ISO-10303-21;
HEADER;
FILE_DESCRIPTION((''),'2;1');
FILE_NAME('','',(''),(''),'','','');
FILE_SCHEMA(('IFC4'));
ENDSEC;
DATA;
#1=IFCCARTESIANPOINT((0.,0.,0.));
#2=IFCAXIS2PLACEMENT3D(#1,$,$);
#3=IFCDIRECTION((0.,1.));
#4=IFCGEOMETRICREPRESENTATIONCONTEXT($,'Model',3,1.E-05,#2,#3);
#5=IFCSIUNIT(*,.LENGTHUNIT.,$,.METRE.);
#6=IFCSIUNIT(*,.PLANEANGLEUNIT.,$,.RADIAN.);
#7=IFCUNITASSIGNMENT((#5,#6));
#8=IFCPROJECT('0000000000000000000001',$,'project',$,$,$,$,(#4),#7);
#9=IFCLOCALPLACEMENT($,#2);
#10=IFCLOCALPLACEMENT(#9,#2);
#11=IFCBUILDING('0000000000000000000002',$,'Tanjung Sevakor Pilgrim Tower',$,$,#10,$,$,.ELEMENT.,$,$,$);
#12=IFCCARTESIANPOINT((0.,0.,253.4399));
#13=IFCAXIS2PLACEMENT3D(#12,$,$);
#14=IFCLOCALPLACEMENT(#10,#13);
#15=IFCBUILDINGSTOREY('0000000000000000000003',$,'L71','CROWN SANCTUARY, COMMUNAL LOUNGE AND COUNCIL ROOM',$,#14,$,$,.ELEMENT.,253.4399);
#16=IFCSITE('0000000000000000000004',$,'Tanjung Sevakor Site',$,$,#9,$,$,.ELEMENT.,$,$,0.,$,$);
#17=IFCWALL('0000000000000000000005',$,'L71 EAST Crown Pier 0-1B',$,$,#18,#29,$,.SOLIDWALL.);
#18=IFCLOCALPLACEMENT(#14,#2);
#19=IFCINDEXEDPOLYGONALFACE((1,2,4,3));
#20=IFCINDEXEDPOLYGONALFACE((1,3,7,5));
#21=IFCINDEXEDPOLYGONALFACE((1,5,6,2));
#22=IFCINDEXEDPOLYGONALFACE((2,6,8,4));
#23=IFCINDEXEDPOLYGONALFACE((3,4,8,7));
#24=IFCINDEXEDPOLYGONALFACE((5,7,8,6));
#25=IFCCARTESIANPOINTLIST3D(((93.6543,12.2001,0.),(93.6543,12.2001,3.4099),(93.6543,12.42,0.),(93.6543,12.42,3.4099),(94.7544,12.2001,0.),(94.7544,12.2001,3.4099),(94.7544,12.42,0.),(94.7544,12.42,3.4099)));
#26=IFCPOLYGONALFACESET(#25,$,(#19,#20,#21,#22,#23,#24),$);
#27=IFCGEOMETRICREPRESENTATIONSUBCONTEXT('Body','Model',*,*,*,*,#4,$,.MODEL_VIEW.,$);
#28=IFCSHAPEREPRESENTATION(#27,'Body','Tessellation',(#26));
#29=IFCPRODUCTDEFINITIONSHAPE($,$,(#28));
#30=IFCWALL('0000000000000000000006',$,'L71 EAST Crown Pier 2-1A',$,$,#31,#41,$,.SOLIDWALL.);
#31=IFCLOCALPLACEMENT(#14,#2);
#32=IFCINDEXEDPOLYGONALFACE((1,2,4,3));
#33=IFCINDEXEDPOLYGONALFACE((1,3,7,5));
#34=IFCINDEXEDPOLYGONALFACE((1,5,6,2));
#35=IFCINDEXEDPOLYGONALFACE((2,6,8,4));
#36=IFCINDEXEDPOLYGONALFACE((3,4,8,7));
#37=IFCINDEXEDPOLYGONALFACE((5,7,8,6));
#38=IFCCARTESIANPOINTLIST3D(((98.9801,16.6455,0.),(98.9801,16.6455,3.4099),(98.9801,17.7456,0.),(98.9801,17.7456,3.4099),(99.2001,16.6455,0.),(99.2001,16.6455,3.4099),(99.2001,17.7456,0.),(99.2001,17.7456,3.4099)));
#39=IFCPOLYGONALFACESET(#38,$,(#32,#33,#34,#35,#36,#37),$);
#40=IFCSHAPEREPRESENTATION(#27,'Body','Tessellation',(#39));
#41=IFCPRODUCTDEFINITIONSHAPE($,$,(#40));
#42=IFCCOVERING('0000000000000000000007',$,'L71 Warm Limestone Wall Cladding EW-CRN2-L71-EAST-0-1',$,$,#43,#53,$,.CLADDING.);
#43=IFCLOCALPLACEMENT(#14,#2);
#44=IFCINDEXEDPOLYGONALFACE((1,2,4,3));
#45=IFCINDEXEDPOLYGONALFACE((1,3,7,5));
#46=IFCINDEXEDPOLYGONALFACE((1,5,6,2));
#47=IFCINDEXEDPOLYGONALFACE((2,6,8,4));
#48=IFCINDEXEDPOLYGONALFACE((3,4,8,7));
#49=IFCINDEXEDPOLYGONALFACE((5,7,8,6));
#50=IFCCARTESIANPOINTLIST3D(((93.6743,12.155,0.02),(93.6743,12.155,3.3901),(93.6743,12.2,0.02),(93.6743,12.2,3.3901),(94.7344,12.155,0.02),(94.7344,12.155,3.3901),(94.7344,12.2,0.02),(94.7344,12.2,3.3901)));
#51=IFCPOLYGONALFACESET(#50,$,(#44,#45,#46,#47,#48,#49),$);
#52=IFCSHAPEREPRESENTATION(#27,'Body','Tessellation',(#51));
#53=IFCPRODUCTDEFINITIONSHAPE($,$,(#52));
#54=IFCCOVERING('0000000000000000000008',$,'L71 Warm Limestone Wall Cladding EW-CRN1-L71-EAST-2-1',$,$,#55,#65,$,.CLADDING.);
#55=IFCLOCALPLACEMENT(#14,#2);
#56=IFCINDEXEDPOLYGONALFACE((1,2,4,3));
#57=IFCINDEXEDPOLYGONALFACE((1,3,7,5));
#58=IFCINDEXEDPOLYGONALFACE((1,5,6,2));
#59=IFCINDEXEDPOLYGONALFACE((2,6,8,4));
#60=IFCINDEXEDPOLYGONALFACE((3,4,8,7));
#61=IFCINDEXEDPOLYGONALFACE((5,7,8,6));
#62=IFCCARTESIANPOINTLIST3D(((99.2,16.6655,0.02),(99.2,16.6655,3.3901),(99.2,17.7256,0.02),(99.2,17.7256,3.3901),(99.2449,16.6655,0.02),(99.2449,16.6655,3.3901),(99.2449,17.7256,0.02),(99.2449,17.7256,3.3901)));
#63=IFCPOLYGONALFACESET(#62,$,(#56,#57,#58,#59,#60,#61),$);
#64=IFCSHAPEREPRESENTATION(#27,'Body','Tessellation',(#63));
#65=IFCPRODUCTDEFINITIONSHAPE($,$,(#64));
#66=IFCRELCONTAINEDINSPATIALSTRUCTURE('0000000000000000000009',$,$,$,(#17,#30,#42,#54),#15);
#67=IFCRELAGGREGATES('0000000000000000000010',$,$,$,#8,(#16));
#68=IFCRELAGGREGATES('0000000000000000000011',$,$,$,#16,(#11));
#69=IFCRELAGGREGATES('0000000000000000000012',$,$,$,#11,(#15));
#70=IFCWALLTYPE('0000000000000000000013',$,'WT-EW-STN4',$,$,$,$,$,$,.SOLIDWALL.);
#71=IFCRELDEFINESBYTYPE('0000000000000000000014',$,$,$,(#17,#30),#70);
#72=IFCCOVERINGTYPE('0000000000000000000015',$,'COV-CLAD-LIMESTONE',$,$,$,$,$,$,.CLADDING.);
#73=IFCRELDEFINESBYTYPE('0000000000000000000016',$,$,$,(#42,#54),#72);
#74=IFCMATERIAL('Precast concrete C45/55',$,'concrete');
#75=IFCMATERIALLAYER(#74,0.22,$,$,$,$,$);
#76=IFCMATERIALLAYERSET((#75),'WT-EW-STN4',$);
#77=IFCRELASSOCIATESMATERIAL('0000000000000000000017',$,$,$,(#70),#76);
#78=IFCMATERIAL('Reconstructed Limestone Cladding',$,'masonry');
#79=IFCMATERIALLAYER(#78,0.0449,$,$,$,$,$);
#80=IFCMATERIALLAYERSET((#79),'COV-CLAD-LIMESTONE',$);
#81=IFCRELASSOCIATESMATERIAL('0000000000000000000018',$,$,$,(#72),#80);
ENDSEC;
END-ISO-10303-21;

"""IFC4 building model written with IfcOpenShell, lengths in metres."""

from ifc_helpers import new_model, si_unit, direction, frame, frame_2d, origin, origin_2d, place, context, subcontext, project, spatial, rectangle, extrude, material, layer, layer_set, type_object, element, save


model = new_model("IFC4")

# Units and contexts
model_context = context("Model", 3, precision=1e-05, world=origin(), true_north=direction((0.0, 1.0)))
body_context = subcontext(model_context, "Body", "Model", "MODEL_VIEW")
ifc_project = project(units=[si_unit("LENGTHUNIT", "METRE"), si_unit("PLANEANGLEUNIT", "RADIAN")], contexts=[model_context])

# Site, building, storey
site_placement = place(None, origin())
site = spatial("IfcSite", under=ifc_project, at=site_placement, Name="Tanjung Sevakor Site", CompositionType="ELEMENT", RefElevation=0.0)
building_placement = place(site_placement, origin())
building = spatial("IfcBuilding", under=site, at=building_placement, Name="Tanjung Sevakor Pilgrim Tower", CompositionType="ELEMENT")
storey_placement = place(building_placement, frame((0.0, 0.0, 253.4399)))
storey = spatial("IfcBuildingStorey", under=building, at=storey_placement, Name="L71", Description="CROWN SANCTUARY, COMMUNAL LOUNGE AND COUNCIL ROOM", CompositionType="ELEMENT", Elevation=253.4399)

# Walls
ifc_material_1 = material(Name="Precast concrete C45/55", Category="concrete")
ifc_layer_1 = layer(ifc_material_1, 0.22)
ifc_layer_set_1 = layer_set([ifc_layer_1], Name="WT-EW-STN4")
wall_type_1 = type_object("IfcWallType", Name="WT-EW-STN4", PredefinedType="SOLIDWALL", material=ifc_layer_set_1)
for number, where, z_axis, x_axis, name in (
    (1, (93.6543, 12.3101, 0.0), (0.0, 0.0, 1.0), (1.0, 0.0, 0.0), "L71 EAST Crown Pier 0-1B"),
    (2, (99.0901, 16.6455, 0.0), (0.0, 0.0, 1.0), (0.0, 1.0, 0.0), "L71 EAST Crown Pier 2-1A"),
):
    element("IfcWall", number, at=place(storey_placement, frame(where, z_axis=z_axis, x_axis=x_axis)), inside=storey, type_object=wall_type_1, Name=name, PredefinedType="SOLIDWALL", context=body_context, shape_type="SweptSolid", body=[
        extrude(rectangle(XDim=1.1001, YDim=0.22, at=frame_2d((0.55, 0.0))), origin(), (0.0, 0.0, 1.0), 3.4099),
    ])

# Coverings
ifc_material_2 = material(Name="Reconstructed Limestone Cladding", Category="masonry")
ifc_layer_2 = layer(ifc_material_2, 0.0449)
ifc_layer_set_2 = layer_set([ifc_layer_2], Name="COV-CLAD-LIMESTONE")
covering_type = type_object("IfcCoveringType", Name="COV-CLAD-LIMESTONE", PredefinedType="CLADDING", material=ifc_layer_set_2)
for number, where, z_axis, x_axis, name in (
    (3, (94.2043, 12.1775, 0.02), (0.0, 0.0, 1.0), (1.0, 0.0, 0.0), "L71 Warm Limestone Wall Cladding EW-CRN2-L71-EAST-0-1"),
    (4, (99.2224, 17.1956, 0.02), (0.0, 0.0, 1.0), (0.0, 1.0, 0.0), "L71 Warm Limestone Wall Cladding EW-CRN1-L71-EAST-2-1"),
):
    element("IfcCovering", number, at=place(storey_placement, frame(where, z_axis=z_axis, x_axis=x_axis)), inside=storey, type_object=covering_type, Name=name, PredefinedType="CLADDING", context=body_context, shape_type="SweptSolid", body=[
        extrude(rectangle(XDim=1.0601, YDim=0.0449, at=origin_2d()), origin(), (0.0, 0.0, 1.0), 3.3701),
    ])

save(model, "model.ifc")
